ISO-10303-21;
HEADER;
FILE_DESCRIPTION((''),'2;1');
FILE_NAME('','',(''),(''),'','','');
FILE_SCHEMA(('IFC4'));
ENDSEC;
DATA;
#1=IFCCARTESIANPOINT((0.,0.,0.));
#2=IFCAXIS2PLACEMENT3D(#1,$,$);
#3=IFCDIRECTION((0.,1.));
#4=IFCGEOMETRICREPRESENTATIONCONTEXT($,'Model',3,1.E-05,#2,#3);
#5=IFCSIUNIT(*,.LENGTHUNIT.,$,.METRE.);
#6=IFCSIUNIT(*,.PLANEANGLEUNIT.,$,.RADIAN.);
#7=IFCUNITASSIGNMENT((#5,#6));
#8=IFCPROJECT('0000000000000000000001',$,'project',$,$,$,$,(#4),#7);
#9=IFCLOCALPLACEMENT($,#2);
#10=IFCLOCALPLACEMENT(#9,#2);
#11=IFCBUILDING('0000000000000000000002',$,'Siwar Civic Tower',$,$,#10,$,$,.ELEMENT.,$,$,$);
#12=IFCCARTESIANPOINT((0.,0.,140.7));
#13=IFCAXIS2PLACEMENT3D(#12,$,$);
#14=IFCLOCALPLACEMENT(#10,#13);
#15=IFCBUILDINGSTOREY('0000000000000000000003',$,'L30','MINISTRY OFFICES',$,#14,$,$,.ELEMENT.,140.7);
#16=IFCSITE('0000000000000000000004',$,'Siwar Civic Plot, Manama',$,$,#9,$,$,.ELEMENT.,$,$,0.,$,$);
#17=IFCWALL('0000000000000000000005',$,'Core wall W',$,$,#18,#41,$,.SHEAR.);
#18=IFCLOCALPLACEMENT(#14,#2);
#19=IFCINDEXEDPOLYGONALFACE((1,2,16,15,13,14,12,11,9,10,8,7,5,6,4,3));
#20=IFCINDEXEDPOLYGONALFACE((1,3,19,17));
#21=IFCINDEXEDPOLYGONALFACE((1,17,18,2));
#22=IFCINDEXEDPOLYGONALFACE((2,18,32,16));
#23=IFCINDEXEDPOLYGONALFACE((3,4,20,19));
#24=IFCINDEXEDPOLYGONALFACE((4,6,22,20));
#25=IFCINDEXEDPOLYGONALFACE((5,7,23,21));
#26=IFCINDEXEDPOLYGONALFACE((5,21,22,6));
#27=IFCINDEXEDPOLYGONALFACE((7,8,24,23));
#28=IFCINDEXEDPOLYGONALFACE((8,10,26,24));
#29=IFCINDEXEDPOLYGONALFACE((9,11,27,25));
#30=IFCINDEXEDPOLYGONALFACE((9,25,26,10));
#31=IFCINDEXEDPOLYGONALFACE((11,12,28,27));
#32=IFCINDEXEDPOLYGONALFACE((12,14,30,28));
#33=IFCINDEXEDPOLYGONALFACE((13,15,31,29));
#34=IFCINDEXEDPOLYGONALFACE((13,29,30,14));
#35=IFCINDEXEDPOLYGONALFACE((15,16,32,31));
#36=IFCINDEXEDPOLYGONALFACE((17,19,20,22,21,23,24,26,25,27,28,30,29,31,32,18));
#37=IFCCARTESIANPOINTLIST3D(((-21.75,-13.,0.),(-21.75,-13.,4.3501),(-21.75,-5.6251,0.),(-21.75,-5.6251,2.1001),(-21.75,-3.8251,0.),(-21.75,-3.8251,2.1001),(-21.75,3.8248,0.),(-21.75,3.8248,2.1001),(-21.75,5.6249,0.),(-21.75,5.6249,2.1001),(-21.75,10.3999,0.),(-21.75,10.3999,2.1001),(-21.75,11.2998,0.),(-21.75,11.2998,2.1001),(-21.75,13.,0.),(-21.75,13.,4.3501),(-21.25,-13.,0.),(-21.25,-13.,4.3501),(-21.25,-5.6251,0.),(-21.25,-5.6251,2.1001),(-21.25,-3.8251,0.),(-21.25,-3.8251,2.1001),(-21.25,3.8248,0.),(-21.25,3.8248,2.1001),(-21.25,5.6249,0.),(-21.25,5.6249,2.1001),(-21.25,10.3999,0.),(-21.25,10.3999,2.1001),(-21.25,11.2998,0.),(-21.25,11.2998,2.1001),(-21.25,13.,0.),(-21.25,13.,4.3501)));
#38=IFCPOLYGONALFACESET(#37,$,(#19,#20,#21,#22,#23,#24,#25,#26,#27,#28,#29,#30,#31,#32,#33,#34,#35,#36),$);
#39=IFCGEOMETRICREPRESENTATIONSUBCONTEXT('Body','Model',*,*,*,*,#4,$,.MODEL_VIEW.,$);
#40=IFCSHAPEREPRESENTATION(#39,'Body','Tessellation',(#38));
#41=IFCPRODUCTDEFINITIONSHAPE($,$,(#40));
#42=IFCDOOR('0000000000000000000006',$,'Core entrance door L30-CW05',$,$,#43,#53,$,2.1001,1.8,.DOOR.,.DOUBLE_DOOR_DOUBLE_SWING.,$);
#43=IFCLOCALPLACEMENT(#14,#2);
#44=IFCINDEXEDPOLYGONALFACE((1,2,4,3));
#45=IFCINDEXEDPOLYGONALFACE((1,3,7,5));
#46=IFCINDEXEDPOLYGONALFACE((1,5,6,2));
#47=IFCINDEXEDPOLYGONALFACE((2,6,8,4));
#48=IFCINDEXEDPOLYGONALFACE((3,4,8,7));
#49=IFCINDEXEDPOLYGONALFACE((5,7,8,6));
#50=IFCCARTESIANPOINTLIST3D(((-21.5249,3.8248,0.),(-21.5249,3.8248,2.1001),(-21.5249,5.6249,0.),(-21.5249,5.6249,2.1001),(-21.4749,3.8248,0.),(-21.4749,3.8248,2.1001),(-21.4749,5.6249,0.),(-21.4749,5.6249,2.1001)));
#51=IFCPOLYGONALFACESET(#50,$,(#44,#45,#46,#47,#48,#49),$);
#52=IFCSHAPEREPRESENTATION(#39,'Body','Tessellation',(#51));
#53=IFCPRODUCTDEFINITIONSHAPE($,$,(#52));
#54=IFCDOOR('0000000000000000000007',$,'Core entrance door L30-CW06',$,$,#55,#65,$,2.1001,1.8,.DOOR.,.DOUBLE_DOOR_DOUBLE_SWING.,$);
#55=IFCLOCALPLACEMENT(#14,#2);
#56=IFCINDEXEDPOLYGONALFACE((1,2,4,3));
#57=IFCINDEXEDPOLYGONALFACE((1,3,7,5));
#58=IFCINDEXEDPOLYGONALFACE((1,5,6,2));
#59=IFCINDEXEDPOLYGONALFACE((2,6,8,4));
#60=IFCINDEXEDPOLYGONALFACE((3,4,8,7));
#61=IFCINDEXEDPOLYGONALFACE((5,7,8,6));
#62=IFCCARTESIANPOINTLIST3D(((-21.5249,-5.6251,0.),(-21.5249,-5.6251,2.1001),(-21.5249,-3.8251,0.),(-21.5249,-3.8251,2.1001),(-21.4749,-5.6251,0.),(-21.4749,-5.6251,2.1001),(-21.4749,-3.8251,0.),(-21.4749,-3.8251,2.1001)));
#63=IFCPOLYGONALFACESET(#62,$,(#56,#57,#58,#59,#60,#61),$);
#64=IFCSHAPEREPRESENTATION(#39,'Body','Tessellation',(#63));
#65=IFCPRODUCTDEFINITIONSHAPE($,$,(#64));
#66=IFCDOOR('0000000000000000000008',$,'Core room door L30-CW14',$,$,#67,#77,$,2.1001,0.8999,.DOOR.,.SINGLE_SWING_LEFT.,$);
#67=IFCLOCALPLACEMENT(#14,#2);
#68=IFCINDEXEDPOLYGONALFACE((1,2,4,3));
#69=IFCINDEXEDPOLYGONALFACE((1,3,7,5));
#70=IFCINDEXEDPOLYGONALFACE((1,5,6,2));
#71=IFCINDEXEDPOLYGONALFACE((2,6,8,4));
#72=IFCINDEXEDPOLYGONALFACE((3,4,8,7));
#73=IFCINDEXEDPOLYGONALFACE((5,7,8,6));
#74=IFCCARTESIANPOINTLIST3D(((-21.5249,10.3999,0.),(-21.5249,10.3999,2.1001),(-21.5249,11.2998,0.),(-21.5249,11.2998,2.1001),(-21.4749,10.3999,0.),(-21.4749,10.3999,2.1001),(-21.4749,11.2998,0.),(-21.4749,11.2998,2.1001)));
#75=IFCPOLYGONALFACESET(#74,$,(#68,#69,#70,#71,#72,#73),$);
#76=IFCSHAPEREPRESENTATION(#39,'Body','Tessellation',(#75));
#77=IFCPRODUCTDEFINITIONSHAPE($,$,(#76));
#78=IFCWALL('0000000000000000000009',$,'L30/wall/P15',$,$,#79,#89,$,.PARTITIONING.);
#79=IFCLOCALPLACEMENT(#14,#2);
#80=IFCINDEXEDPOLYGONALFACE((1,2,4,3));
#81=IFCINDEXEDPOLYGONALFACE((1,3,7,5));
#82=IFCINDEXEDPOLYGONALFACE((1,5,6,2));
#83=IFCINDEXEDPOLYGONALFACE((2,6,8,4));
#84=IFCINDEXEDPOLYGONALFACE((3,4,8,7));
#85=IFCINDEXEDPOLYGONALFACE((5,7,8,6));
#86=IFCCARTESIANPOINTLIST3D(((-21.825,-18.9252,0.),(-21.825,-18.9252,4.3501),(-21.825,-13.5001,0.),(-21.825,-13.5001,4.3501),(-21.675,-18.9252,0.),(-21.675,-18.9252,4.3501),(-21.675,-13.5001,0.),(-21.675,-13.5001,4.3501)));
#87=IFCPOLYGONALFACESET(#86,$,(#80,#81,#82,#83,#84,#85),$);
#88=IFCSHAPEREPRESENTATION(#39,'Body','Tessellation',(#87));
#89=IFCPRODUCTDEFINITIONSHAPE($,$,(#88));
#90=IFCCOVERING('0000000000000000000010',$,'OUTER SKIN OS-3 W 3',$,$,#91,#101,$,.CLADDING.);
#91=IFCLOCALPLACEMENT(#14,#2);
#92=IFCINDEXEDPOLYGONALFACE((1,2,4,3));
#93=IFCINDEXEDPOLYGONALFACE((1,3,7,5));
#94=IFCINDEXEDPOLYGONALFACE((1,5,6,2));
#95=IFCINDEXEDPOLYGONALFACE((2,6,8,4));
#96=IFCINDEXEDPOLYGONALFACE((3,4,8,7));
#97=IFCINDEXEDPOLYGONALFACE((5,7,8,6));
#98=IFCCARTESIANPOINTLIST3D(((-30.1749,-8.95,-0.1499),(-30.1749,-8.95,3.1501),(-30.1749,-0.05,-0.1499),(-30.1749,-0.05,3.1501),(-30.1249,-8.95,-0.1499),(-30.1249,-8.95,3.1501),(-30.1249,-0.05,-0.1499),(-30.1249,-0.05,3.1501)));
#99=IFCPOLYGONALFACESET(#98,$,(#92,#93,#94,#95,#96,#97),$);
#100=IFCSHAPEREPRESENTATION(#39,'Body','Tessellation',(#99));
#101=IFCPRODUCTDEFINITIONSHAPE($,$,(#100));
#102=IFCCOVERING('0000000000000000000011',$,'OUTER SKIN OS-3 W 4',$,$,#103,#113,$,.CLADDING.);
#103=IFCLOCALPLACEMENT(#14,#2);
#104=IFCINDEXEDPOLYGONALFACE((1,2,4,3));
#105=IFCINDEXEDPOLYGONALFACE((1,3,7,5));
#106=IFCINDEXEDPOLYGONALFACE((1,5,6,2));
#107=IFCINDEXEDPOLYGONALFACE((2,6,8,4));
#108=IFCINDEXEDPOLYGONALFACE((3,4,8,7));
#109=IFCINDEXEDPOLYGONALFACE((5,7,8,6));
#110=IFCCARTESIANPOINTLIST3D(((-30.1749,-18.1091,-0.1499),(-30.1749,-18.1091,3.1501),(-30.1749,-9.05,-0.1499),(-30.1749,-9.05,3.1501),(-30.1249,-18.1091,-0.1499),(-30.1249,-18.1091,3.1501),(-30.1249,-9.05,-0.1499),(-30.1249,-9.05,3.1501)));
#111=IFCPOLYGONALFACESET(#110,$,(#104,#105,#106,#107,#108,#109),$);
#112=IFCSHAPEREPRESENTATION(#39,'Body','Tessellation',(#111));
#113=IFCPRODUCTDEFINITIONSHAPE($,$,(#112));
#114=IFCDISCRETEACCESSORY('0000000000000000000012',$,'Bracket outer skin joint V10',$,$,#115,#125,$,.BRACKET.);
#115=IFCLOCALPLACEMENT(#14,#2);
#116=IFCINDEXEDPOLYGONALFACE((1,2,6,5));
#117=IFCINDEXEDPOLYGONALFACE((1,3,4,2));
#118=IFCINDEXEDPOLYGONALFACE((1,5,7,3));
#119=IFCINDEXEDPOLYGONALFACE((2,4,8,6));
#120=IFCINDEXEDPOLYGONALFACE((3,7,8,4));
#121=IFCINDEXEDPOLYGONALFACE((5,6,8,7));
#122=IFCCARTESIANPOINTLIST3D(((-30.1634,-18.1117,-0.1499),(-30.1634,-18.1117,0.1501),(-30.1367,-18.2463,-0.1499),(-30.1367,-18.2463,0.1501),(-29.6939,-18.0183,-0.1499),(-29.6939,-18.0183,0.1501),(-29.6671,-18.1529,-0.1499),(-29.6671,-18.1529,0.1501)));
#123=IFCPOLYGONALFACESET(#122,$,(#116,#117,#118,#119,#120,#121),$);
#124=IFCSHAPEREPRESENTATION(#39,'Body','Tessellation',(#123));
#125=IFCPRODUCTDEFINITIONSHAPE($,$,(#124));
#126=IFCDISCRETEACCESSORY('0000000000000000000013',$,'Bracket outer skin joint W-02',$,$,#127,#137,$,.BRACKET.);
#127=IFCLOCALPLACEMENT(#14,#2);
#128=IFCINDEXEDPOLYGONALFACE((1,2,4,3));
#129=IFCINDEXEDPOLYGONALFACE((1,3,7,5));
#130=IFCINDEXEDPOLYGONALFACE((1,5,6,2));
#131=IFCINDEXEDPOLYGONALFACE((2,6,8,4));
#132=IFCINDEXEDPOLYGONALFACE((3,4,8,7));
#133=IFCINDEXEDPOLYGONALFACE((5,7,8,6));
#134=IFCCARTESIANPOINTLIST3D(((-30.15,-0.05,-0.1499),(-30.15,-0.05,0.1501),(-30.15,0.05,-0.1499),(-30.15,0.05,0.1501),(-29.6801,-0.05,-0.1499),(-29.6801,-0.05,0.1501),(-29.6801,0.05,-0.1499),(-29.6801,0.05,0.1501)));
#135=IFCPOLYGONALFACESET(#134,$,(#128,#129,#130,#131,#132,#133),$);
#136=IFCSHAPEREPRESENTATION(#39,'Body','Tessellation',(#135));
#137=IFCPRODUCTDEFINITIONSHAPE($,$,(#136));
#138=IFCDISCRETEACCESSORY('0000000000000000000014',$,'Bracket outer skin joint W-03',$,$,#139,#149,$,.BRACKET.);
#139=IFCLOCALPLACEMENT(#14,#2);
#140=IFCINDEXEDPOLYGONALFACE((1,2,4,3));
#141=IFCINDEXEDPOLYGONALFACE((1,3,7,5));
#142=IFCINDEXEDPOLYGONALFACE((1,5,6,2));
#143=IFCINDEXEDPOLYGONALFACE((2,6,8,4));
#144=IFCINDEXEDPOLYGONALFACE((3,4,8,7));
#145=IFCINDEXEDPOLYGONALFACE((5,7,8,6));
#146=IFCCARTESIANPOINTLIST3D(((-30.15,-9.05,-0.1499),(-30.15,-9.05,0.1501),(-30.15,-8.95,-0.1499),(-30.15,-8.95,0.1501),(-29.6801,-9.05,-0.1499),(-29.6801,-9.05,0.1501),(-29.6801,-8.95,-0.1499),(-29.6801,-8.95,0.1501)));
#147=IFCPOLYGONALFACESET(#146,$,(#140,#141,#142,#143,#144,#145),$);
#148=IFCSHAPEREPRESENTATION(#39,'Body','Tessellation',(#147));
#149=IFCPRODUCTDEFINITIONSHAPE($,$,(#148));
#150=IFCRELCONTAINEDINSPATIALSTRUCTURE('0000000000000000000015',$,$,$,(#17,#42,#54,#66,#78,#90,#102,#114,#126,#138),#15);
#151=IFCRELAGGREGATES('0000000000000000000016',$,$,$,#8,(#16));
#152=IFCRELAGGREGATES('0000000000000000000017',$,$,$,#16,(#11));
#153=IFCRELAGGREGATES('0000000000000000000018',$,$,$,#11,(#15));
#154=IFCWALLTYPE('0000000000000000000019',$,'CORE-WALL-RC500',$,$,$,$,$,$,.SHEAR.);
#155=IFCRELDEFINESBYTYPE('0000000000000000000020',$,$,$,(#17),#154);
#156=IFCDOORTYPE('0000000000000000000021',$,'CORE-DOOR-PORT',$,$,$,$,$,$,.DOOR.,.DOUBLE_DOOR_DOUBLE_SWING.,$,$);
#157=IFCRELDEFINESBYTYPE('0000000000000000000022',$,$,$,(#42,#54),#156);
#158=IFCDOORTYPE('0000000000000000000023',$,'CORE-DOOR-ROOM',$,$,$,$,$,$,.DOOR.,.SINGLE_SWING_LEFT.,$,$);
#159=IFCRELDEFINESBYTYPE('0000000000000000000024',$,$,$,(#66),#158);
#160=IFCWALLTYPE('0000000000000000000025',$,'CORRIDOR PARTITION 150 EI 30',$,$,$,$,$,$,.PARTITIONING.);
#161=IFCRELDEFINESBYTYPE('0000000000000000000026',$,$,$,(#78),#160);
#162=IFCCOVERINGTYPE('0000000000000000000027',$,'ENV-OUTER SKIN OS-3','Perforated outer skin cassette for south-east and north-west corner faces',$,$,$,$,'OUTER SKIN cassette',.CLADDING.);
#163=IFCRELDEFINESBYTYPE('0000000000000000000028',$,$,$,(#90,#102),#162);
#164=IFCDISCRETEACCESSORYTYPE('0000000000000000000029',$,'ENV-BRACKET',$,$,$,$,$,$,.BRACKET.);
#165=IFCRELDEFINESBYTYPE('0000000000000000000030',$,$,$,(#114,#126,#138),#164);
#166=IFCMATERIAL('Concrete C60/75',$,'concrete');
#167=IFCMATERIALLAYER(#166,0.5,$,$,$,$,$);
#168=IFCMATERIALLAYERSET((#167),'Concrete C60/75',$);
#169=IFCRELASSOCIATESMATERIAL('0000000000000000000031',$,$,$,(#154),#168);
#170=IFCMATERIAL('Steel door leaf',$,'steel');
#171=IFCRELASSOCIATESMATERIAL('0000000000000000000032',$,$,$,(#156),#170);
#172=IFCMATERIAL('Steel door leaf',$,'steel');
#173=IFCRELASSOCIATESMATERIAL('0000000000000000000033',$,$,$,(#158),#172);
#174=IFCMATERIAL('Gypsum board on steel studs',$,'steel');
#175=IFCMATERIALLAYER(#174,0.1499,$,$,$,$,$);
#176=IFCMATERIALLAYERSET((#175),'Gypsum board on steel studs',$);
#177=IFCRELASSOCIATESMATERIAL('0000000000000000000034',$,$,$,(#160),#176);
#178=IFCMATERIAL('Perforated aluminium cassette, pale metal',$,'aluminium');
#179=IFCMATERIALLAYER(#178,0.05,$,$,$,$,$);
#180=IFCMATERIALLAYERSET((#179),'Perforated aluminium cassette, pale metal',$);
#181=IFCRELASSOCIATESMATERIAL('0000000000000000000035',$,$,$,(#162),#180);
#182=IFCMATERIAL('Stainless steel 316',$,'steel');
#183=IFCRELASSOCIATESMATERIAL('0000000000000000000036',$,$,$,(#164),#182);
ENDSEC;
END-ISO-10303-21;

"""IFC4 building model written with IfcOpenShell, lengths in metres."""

from ifc_helpers import new_model, si_unit, direction, frame, frame_2d, origin, origin_2d, place, context, subcontext, project, spatial, rectangle, extrude, material, layer, layer_set, type_object, element, fill, save


model = new_model("IFC4")

# Units and contexts
model_context = context("Model", 3, precision=1e-05, world=origin(), true_north=direction((0.0, 1.0)))
body_context = subcontext(model_context, "Body", "Model", "MODEL_VIEW")
ifc_project = project(units=[si_unit("LENGTHUNIT", "METRE"), si_unit("PLANEANGLEUNIT", "RADIAN")], contexts=[model_context])

# Site, building, storey
site_placement = place(None, origin())
site = spatial("IfcSite", under=ifc_project, at=site_placement, Name="Siwar Civic Plot, Manama", CompositionType="ELEMENT", RefElevation=0.0)
building_placement = place(site_placement, origin())
building = spatial("IfcBuilding", under=site, at=building_placement, Name="Siwar Civic Tower", CompositionType="ELEMENT")
storey_placement = place(building_placement, frame((0.0, 0.0, 140.7)))
storey = spatial("IfcBuildingStorey", under=building, at=storey_placement, Name="L30", Description="MINISTRY OFFICES", CompositionType="ELEMENT", Elevation=140.7)

# Wall, openings, doors
ifc_material_1 = material(Name="Concrete C60/75", Category="concrete")
ifc_layer_1 = layer(ifc_material_1, 0.5)
ifc_layer_set_1 = layer_set([ifc_layer_1], Name="Concrete C60/75")
wall_type_1 = type_object("IfcWallType", Name="CORE-WALL-RC500", PredefinedType="SHEAR", material=ifc_layer_set_1)
wall_1_placement = place(storey_placement, frame((-21.5, -13.0, 0.0), z_axis=(0.0, 0.0, 1.0), x_axis=(0.0, 1.0, 0.0)))
wall_1 = element("IfcWall", 1, at=wall_1_placement, inside=storey, type_object=wall_type_1, Name="Core wall W", PredefinedType="SHEAR", context=body_context, shape_type="SweptSolid", body=[
    extrude(rectangle(XDim=26.0, YDim=0.5, at=frame_2d((13.0, 0.0))), origin(), (0.0, 0.0, 1.0), 4.3501),
])
opening_1_placement = place(wall_1_placement, frame((16.825, 0.0, 0.0)))
opening_1 = element("IfcOpeningElement", 2, at=opening_1_placement, cuts=wall_1, PredefinedType="OPENING", context=body_context, shape_type="SweptSolid", body=[
    extrude(rectangle(XDim=1.8, YDim=2.1001, at=frame_2d((0.8999, 1.05))), frame((0.0, 0.26, 0.0), z_axis=(0.0, -1.0, 0.0), x_axis=(1.0, 0.0, 0.0)), (0.0, 0.0, 1.0), 0.52),
])
opening_2_placement = place(wall_1_placement, frame((7.375, 0.0, 0.0)))
opening_2 = element("IfcOpeningElement", 3, at=opening_2_placement, cuts=wall_1, PredefinedType="OPENING", context=body_context, shape_type="SweptSolid", body=[
    extrude(rectangle(XDim=1.8, YDim=2.1001, at=frame_2d((0.8999, 1.05))), frame((0.0, 0.26, 0.0), z_axis=(0.0, -1.0, 0.0), x_axis=(1.0, 0.0, 0.0)), (0.0, 0.0, 1.0), 0.52),
])
opening_3_placement = place(wall_1_placement, frame((23.3999, 0.0, 0.0)))
opening_3 = element("IfcOpeningElement", 4, at=opening_3_placement, cuts=wall_1, PredefinedType="OPENING", context=body_context, shape_type="SweptSolid", body=[
    extrude(rectangle(XDim=0.8999, YDim=2.1001, at=frame_2d((0.45, 1.05))), frame((0.0, 0.26, 0.0), z_axis=(0.0, -1.0, 0.0), x_axis=(1.0, 0.0, 0.0)), (0.0, 0.0, 1.0), 0.52),
])
ifc_material_2 = material(Name="Steel door leaf", Category="steel")
door_type_1 = type_object("IfcDoorType", Name="CORE-DOOR-PORT", OperationType="DOUBLE_DOOR_DOUBLE_SWING", PredefinedType="DOOR", material=ifc_material_2)
door_1_placement = place(opening_1_placement, origin())
door_1 = element("IfcDoor", 5, at=door_1_placement, inside=storey, type_object=door_type_1, Name="Core entrance door L30-CW05", OperationType="DOUBLE_DOOR_DOUBLE_SWING", OverallHeight=2.1001, OverallWidth=1.8, PredefinedType="DOOR", context=body_context, shape_type="SweptSolid", body=[
    extrude(rectangle(XDim=1.8, YDim=2.1001, at=frame_2d((0.8999, 1.05))), frame((0.0, 0.0249, 0.0), z_axis=(0.0, -1.0, 0.0), x_axis=(1.0, 0.0, 0.0)), (0.0, 0.0, 1.0), 0.05),
])
fill(opening_1, door_1)
door_2_placement = place(opening_2_placement, origin())
door_2 = element("IfcDoor", 6, at=door_2_placement, inside=storey, type_object=door_type_1, Name="Core entrance door L30-CW06", OperationType="DOUBLE_DOOR_DOUBLE_SWING", OverallHeight=2.1001, OverallWidth=1.8, PredefinedType="DOOR", context=body_context, shape_type="SweptSolid", body=[
    extrude(rectangle(XDim=1.8, YDim=2.1001, at=frame_2d((0.8999, 1.05))), frame((0.0, 0.0249, 0.0), z_axis=(0.0, -1.0, 0.0), x_axis=(1.0, 0.0, 0.0)), (0.0, 0.0, 1.0), 0.05),
])
fill(opening_2, door_2)
ifc_material_3 = material(Name="Steel door leaf", Category="steel")
door_type_2 = type_object("IfcDoorType", Name="CORE-DOOR-ROOM", OperationType="SINGLE_SWING_LEFT", PredefinedType="DOOR", material=ifc_material_3)
door_3_placement = place(opening_3_placement, origin())
door_3 = element("IfcDoor", 7, at=door_3_placement, inside=storey, type_object=door_type_2, Name="Core room door L30-CW14", OperationType="SINGLE_SWING_LEFT", OverallHeight=2.1001, OverallWidth=0.8999, PredefinedType="DOOR", context=body_context, shape_type="SweptSolid", body=[
    extrude(rectangle(XDim=0.8999, YDim=2.1001, at=frame_2d((0.45, 1.05))), frame((0.0, 0.0249, 0.0), z_axis=(0.0, -1.0, 0.0), x_axis=(1.0, 0.0, 0.0)), (0.0, 0.0, 1.0), 0.05),
])
fill(opening_3, door_3)

# Wall
ifc_material_4 = material(Name="Gypsum board on steel studs", Category="steel")
ifc_layer_2 = layer(ifc_material_4, 0.1499)
ifc_layer_set_2 = layer_set([ifc_layer_2], Name="Gypsum board on steel studs")
wall_type_2 = type_object("IfcWallType", Name="CORRIDOR PARTITION 150 EI 30", PredefinedType="PARTITIONING", material=ifc_layer_set_2)
wall_2_placement = place(storey_placement, frame((-21.75, -18.925, 0.0), z_axis=(0.0, 0.0, 1.0), x_axis=(0.0, 1.0, 0.0)))
element("IfcWall", 8, at=wall_2_placement, inside=storey, type_object=wall_type_2, Name="L30/wall/P15", PredefinedType="PARTITIONING", context=body_context, shape_type="SweptSolid", body=[
    extrude(rectangle(XDim=5.425, YDim=0.1499, at=frame_2d((2.7124, 0.0))), origin(), (0.0, 0.0, 1.0), 4.3501),
])

# Coverings
ifc_material_5 = material(Name="Perforated aluminium cassette, pale metal", Category="aluminium")
ifc_layer_3 = layer(ifc_material_5, 0.05)
ifc_layer_set_3 = layer_set([ifc_layer_3], Name="Perforated aluminium cassette, pale metal")
covering_type = type_object("IfcCoveringType", Name="ENV-OUTER SKIN OS-3", Description="Perforated outer skin cassette for south-east and north-west corner faces", ElementType="OUTER SKIN cassette", PredefinedType="CLADDING", material=ifc_layer_set_3)
covering_1_placement = place(storey_placement, frame((-30.1499, -4.5, -0.1499), z_axis=(0.0, 0.0, 1.0), x_axis=(0.0, -1.0, 0.0)))
element("IfcCovering", 9, at=covering_1_placement, inside=storey, type_object=covering_type, Name="OUTER SKIN OS-3 W 3", PredefinedType="CLADDING", context=body_context, shape_type="SweptSolid", body=[
    extrude(rectangle(XDim=8.8999, YDim=0.05, at=origin_2d()), origin(), (0.0, 0.0, 1.0), 3.3),
])
covering_2_placement = place(storey_placement, frame((-30.1499, -13.5796, -0.1499), z_axis=(0.0, 0.0, 1.0), x_axis=(0.0, -1.0, 0.0)))
element("IfcCovering", 10, at=covering_2_placement, inside=storey, type_object=covering_type, Name="OUTER SKIN OS-3 W 4", PredefinedType="CLADDING", context=body_context, shape_type="SweptSolid", body=[
    extrude(rectangle(XDim=9.0591, YDim=0.05, at=origin_2d()), origin(), (0.0, 0.0, 1.0), 3.3),
])

# Discrete accessories
ifc_material_6 = material(Name="Stainless steel 316", Category="steel")
discrete_accessory_type = type_object("IfcDiscreteAccessoryType", Name="ENV-BRACKET", PredefinedType="BRACKET", material=ifc_material_6)
discrete_accessory_placement = place(storey_placement, frame((-29.9153, -18.1323, -0.1499), z_axis=(0.0, 0.0, 1.0), x_axis=(-0.980785, -0.19509, 0.0)))
element("IfcDiscreteAccessory", 11, at=discrete_accessory_placement, inside=storey, type_object=discrete_accessory_type, Name="Bracket outer skin joint V10", PredefinedType="BRACKET", context=body_context, shape_type="SweptSolid", body=[
    extrude(rectangle(XDim=0.4788, YDim=0.1372, at=origin_2d()), origin(), (0.0, 0.0, 1.0), 0.3),
])
for number, where, z_axis, x_axis, name in (
    (12, (-29.915, 0.0, -0.1499), (0.0, 0.0, 1.0), (-1.0, 0.0, 0.0), "Bracket outer skin joint W-02"),
    (13, (-29.915, -9.0, -0.1499), (0.0, 0.0, 1.0), (-1.0, 0.0, 0.0), "Bracket outer skin joint W-03"),
):
    element("IfcDiscreteAccessory", number, at=place(storey_placement, frame(where, z_axis=z_axis, x_axis=x_axis)), inside=storey, type_object=discrete_accessory_type, Name=name, PredefinedType="BRACKET", context=body_context, shape_type="SweptSolid", body=[
        extrude(rectangle(XDim=0.47, YDim=0.1001, at=origin_2d()), origin(), (0.0, 0.0, 1.0), 0.3),
    ])

save(model, "model.ifc")
